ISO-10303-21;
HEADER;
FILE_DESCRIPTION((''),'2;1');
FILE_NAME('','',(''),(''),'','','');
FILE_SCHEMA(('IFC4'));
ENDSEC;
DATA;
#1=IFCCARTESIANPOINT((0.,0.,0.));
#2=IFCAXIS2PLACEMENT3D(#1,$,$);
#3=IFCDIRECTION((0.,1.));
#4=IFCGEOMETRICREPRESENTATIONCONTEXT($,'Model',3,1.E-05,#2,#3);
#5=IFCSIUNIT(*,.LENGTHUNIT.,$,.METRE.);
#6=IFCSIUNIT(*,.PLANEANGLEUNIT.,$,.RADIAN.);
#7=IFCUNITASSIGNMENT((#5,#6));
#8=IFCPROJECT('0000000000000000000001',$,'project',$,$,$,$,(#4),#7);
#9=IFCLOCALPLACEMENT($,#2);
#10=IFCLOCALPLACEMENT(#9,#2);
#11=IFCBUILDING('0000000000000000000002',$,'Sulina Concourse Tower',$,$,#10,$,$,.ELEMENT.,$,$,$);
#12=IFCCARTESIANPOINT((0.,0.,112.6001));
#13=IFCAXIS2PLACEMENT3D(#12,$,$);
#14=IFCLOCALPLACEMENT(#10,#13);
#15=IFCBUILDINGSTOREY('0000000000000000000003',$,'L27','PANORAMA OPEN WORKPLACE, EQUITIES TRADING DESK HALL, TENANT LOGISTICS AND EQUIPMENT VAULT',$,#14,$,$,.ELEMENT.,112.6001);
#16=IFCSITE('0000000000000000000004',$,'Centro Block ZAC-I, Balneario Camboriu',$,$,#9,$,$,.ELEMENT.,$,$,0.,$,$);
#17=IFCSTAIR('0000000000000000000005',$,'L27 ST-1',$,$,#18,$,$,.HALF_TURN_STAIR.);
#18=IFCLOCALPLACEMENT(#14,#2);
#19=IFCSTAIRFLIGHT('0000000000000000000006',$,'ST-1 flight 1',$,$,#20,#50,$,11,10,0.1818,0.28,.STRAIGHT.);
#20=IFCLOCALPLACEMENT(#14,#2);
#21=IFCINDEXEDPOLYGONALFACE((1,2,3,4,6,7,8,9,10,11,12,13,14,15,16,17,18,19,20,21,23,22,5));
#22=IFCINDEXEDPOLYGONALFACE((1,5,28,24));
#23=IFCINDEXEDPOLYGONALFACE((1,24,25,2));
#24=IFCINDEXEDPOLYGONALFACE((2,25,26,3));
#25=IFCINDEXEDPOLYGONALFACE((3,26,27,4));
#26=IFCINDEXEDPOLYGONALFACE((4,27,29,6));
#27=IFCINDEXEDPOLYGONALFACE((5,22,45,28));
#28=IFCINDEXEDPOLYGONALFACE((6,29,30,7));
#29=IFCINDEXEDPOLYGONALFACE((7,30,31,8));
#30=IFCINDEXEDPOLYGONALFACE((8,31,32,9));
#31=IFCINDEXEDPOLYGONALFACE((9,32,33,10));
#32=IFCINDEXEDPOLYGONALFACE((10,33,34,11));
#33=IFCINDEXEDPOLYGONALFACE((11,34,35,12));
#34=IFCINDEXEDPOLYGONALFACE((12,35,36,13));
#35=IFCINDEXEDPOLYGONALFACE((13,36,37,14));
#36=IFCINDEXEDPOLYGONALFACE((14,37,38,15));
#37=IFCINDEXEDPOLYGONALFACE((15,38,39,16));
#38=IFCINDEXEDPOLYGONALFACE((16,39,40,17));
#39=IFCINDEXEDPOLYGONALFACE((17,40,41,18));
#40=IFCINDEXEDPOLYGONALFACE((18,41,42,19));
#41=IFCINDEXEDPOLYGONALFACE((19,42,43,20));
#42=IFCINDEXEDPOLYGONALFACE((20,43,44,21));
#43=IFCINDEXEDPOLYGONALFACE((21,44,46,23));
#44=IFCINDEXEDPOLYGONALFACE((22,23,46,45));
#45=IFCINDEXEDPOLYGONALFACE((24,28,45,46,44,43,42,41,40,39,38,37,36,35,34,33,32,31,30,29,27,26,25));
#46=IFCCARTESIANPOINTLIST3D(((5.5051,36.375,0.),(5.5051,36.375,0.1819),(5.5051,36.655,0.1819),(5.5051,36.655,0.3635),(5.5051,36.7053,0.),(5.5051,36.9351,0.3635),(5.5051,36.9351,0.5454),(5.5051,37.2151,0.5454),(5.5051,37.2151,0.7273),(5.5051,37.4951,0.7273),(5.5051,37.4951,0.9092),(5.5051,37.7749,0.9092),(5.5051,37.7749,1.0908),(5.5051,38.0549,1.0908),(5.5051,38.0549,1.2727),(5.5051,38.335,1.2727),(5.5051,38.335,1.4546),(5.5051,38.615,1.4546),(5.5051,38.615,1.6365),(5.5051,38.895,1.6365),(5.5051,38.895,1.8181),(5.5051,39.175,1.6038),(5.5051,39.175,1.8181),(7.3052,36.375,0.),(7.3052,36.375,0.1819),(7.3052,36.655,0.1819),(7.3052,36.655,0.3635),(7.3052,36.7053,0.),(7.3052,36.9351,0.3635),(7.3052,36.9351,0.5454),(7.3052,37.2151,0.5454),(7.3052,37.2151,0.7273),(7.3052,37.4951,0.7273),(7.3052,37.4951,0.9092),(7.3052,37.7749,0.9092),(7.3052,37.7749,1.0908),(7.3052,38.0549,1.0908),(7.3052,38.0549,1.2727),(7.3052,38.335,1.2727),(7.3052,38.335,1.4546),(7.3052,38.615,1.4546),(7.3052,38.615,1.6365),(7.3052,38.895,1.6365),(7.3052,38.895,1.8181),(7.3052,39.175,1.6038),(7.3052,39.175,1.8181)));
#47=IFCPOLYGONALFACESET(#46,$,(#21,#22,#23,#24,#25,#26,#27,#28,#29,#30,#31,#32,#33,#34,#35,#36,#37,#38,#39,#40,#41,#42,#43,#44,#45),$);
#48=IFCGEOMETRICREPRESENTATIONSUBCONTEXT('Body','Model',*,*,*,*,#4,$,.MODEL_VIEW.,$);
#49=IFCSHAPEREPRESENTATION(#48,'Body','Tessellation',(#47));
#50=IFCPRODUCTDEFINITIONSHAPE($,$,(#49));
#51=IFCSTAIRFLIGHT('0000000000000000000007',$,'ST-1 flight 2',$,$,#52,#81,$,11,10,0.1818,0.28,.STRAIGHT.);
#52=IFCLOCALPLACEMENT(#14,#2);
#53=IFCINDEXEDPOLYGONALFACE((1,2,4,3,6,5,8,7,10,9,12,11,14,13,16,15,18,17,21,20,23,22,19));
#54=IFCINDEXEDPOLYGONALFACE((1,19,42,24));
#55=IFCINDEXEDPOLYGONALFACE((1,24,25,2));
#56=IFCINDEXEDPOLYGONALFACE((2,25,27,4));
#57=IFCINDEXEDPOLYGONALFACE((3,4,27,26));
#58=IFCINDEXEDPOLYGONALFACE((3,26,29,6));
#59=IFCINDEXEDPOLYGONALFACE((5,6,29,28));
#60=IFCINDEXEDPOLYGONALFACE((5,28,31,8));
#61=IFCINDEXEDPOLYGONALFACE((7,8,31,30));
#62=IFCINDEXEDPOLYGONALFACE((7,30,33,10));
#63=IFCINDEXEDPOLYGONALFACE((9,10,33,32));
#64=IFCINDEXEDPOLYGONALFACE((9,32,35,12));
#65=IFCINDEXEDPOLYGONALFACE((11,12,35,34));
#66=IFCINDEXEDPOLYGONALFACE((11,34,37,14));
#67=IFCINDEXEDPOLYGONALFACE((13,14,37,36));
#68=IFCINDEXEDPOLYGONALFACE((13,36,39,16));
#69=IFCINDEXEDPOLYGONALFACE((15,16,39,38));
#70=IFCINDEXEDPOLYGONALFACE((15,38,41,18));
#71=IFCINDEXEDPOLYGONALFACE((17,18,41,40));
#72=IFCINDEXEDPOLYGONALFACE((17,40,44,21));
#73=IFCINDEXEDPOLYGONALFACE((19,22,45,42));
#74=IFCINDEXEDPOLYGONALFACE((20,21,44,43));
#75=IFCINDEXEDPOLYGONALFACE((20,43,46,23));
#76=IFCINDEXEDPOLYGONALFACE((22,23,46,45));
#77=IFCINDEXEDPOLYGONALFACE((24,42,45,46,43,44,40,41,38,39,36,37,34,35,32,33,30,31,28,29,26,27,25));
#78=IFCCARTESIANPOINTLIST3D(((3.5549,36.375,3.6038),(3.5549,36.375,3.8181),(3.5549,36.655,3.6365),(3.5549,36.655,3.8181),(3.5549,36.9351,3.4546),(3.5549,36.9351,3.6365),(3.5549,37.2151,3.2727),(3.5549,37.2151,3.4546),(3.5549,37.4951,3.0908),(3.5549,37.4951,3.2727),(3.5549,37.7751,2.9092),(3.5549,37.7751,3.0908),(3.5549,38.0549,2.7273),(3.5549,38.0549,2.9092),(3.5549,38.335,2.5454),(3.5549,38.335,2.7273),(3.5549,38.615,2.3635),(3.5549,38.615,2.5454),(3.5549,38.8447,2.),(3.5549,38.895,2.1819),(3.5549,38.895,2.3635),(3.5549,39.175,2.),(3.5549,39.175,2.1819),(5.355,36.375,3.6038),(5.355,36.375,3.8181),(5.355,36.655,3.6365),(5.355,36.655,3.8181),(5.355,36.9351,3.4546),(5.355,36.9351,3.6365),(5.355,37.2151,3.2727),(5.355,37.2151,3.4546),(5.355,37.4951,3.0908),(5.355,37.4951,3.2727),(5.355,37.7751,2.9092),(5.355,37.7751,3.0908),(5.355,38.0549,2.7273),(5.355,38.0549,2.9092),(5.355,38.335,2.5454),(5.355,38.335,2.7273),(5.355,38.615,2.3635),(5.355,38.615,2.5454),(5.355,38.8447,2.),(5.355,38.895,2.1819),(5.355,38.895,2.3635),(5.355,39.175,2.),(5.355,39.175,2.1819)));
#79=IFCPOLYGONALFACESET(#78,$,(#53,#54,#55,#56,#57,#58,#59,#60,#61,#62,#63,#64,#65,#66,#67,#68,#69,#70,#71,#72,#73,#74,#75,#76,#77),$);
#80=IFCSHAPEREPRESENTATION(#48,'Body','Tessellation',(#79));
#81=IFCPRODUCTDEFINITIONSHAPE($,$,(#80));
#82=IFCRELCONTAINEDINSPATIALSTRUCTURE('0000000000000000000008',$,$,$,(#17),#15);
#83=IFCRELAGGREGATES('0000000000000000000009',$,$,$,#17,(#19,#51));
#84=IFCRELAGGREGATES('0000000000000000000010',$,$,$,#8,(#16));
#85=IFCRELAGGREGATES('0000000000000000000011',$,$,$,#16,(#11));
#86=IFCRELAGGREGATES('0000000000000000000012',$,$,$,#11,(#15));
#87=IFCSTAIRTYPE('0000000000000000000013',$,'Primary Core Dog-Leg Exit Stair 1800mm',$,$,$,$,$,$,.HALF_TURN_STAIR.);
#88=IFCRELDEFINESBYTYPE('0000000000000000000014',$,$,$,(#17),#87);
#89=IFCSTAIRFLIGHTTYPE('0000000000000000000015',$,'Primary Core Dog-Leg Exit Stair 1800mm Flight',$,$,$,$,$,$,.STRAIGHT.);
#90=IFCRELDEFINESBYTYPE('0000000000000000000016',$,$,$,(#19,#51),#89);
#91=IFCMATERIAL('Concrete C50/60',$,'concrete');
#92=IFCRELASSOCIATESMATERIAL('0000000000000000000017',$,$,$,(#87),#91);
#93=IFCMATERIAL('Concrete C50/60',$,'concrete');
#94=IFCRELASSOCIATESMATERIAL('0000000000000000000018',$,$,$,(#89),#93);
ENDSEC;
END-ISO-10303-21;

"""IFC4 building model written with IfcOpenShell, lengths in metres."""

from ifc_helpers import new_model, si_unit, direction, frame, origin, place, context, subcontext, project, spatial, polyline, outline, extrude, material, type_object, element, aggregate, save


model = new_model("IFC4")

# Units and contexts
model_context = context("Model", 3, precision=1e-05, world=origin(), true_north=direction((0.0, 1.0)))
body_context = subcontext(model_context, "Body", "Model", "MODEL_VIEW")
ifc_project = project(units=[si_unit("LENGTHUNIT", "METRE"), si_unit("PLANEANGLEUNIT", "RADIAN")], contexts=[model_context])

# Site, building, storey
site_placement = place(None, origin())
site = spatial("IfcSite", under=ifc_project, at=site_placement, Name="Centro Block ZAC-I, Balneario Camboriu", CompositionType="ELEMENT", RefElevation=0.0)
building_placement = place(site_placement, origin())
building = spatial("IfcBuilding", under=site, at=building_placement, Name="Sulina Concourse Tower", CompositionType="ELEMENT")
storey_placement = place(building_placement, frame((0.0, 0.0, 112.6001)))
storey = spatial("IfcBuildingStorey", under=building, at=storey_placement, Name="L27", Description="PANORAMA OPEN WORKPLACE, EQUITIES TRADING DESK HALL, TENANT LOGISTICS AND EQUIPMENT VAULT", CompositionType="ELEMENT", Elevation=112.6001)

# Stair, stair flights
ifc_material_1 = material(Name="Concrete C50/60", Category="concrete")
stair_type = type_object("IfcStairType", Name="Primary Core Dog-Leg Exit Stair 1800mm", PredefinedType="HALF_TURN_STAIR", material=ifc_material_1)
stair_placement = place(storey_placement, origin())
stair = element("IfcStair", 1, at=stair_placement, inside=storey, type_object=stair_type, Name="L27 ST-1", PredefinedType="HALF_TURN_STAIR")
ifc_material_2 = material(Name="Concrete C50/60", Category="concrete")
stair_flight_type = type_object("IfcStairFlightType", Name="Primary Core Dog-Leg Exit Stair 1800mm Flight", PredefinedType="STRAIGHT", material=ifc_material_2)
stair_flight_1_placement = place(storey_placement, frame((6.405, 36.375, 0.0), z_axis=(0.0, 0.0, 1.0), x_axis=(0.0, 1.0, 0.0)))
stair_flight_1 = element("IfcStairFlight", 2, at=stair_flight_1_placement, type_object=stair_flight_type, Name="ST-1 flight 1", NumberOfRisers=11, NumberOfTreads=10, PredefinedType="STRAIGHT", RiserHeight=0.1818, TreadLength=0.28, context=body_context, shape_type="SweptSolid", body=[
    extrude(outline(polyline([(0.0, 0.0), (0.0, 0.1819), (0.28, 0.1819), (0.28, 0.3635), (0.5601, 0.3635), (0.5601, 0.5454), (0.8401, 0.5454), (0.8401, 0.7273), (1.1201, 0.7273), (1.1201, 0.9092), (1.3999, 0.9092), (1.3999, 1.0908), (1.6799, 1.0908), (1.6799, 1.2727), (1.96, 1.2727), (1.96, 1.4546), (2.24, 1.4546), (2.24, 1.6365), (2.52, 1.6365), (2.52, 1.8181), (2.8, 1.8181), (2.8, 2.0), (2.8, 1.6038), (0.3303, 0.0), (0.0, 0.0)])), frame((0.0, 0.8999, 0.0), z_axis=(0.0, -1.0, 0.0), x_axis=(1.0, 0.0, 0.0)), (0.0, 0.0, 1.0), 1.8),
])
stair_flight_2_placement = place(storey_placement, frame((4.4551, 39.175, 2.0), z_axis=(0.0, 0.0, 1.0), x_axis=(0.0, -1.0, 0.0)))
stair_flight_2 = element("IfcStairFlight", 3, at=stair_flight_2_placement, type_object=stair_flight_type, Name="ST-1 flight 2", NumberOfRisers=11, NumberOfTreads=10, PredefinedType="STRAIGHT", RiserHeight=0.1818, TreadLength=0.28, context=body_context, shape_type="SweptSolid", body=[
    extrude(outline(polyline([(0.0, 0.0), (0.0, 0.1819), (0.28, 0.1819), (0.28, 0.3635), (0.5601, 0.3635), (0.5601, 0.5454), (0.8401, 0.5454), (0.8401, 0.7273), (1.1201, 0.7273), (1.1201, 0.9092), (1.3999, 0.9092), (1.3999, 1.0908), (1.6799, 1.0908), (1.6799, 1.2727), (1.96, 1.2727), (1.96, 1.4546), (2.24, 1.4546), (2.24, 1.6365), (2.52, 1.6365), (2.52, 1.8181), (2.8, 1.8181), (2.8, 2.0), (2.8, 1.6038), (0.3303, 0.0), (0.0, 0.0)])), frame((0.0, 0.8999, 0.0), z_axis=(0.0, -1.0, 0.0), x_axis=(1.0, 0.0, 0.0)), (0.0, 0.0, 1.0), 1.8),
])
aggregate(stair, [stair_flight_1, stair_flight_2])

save(model, "model.ifc")
